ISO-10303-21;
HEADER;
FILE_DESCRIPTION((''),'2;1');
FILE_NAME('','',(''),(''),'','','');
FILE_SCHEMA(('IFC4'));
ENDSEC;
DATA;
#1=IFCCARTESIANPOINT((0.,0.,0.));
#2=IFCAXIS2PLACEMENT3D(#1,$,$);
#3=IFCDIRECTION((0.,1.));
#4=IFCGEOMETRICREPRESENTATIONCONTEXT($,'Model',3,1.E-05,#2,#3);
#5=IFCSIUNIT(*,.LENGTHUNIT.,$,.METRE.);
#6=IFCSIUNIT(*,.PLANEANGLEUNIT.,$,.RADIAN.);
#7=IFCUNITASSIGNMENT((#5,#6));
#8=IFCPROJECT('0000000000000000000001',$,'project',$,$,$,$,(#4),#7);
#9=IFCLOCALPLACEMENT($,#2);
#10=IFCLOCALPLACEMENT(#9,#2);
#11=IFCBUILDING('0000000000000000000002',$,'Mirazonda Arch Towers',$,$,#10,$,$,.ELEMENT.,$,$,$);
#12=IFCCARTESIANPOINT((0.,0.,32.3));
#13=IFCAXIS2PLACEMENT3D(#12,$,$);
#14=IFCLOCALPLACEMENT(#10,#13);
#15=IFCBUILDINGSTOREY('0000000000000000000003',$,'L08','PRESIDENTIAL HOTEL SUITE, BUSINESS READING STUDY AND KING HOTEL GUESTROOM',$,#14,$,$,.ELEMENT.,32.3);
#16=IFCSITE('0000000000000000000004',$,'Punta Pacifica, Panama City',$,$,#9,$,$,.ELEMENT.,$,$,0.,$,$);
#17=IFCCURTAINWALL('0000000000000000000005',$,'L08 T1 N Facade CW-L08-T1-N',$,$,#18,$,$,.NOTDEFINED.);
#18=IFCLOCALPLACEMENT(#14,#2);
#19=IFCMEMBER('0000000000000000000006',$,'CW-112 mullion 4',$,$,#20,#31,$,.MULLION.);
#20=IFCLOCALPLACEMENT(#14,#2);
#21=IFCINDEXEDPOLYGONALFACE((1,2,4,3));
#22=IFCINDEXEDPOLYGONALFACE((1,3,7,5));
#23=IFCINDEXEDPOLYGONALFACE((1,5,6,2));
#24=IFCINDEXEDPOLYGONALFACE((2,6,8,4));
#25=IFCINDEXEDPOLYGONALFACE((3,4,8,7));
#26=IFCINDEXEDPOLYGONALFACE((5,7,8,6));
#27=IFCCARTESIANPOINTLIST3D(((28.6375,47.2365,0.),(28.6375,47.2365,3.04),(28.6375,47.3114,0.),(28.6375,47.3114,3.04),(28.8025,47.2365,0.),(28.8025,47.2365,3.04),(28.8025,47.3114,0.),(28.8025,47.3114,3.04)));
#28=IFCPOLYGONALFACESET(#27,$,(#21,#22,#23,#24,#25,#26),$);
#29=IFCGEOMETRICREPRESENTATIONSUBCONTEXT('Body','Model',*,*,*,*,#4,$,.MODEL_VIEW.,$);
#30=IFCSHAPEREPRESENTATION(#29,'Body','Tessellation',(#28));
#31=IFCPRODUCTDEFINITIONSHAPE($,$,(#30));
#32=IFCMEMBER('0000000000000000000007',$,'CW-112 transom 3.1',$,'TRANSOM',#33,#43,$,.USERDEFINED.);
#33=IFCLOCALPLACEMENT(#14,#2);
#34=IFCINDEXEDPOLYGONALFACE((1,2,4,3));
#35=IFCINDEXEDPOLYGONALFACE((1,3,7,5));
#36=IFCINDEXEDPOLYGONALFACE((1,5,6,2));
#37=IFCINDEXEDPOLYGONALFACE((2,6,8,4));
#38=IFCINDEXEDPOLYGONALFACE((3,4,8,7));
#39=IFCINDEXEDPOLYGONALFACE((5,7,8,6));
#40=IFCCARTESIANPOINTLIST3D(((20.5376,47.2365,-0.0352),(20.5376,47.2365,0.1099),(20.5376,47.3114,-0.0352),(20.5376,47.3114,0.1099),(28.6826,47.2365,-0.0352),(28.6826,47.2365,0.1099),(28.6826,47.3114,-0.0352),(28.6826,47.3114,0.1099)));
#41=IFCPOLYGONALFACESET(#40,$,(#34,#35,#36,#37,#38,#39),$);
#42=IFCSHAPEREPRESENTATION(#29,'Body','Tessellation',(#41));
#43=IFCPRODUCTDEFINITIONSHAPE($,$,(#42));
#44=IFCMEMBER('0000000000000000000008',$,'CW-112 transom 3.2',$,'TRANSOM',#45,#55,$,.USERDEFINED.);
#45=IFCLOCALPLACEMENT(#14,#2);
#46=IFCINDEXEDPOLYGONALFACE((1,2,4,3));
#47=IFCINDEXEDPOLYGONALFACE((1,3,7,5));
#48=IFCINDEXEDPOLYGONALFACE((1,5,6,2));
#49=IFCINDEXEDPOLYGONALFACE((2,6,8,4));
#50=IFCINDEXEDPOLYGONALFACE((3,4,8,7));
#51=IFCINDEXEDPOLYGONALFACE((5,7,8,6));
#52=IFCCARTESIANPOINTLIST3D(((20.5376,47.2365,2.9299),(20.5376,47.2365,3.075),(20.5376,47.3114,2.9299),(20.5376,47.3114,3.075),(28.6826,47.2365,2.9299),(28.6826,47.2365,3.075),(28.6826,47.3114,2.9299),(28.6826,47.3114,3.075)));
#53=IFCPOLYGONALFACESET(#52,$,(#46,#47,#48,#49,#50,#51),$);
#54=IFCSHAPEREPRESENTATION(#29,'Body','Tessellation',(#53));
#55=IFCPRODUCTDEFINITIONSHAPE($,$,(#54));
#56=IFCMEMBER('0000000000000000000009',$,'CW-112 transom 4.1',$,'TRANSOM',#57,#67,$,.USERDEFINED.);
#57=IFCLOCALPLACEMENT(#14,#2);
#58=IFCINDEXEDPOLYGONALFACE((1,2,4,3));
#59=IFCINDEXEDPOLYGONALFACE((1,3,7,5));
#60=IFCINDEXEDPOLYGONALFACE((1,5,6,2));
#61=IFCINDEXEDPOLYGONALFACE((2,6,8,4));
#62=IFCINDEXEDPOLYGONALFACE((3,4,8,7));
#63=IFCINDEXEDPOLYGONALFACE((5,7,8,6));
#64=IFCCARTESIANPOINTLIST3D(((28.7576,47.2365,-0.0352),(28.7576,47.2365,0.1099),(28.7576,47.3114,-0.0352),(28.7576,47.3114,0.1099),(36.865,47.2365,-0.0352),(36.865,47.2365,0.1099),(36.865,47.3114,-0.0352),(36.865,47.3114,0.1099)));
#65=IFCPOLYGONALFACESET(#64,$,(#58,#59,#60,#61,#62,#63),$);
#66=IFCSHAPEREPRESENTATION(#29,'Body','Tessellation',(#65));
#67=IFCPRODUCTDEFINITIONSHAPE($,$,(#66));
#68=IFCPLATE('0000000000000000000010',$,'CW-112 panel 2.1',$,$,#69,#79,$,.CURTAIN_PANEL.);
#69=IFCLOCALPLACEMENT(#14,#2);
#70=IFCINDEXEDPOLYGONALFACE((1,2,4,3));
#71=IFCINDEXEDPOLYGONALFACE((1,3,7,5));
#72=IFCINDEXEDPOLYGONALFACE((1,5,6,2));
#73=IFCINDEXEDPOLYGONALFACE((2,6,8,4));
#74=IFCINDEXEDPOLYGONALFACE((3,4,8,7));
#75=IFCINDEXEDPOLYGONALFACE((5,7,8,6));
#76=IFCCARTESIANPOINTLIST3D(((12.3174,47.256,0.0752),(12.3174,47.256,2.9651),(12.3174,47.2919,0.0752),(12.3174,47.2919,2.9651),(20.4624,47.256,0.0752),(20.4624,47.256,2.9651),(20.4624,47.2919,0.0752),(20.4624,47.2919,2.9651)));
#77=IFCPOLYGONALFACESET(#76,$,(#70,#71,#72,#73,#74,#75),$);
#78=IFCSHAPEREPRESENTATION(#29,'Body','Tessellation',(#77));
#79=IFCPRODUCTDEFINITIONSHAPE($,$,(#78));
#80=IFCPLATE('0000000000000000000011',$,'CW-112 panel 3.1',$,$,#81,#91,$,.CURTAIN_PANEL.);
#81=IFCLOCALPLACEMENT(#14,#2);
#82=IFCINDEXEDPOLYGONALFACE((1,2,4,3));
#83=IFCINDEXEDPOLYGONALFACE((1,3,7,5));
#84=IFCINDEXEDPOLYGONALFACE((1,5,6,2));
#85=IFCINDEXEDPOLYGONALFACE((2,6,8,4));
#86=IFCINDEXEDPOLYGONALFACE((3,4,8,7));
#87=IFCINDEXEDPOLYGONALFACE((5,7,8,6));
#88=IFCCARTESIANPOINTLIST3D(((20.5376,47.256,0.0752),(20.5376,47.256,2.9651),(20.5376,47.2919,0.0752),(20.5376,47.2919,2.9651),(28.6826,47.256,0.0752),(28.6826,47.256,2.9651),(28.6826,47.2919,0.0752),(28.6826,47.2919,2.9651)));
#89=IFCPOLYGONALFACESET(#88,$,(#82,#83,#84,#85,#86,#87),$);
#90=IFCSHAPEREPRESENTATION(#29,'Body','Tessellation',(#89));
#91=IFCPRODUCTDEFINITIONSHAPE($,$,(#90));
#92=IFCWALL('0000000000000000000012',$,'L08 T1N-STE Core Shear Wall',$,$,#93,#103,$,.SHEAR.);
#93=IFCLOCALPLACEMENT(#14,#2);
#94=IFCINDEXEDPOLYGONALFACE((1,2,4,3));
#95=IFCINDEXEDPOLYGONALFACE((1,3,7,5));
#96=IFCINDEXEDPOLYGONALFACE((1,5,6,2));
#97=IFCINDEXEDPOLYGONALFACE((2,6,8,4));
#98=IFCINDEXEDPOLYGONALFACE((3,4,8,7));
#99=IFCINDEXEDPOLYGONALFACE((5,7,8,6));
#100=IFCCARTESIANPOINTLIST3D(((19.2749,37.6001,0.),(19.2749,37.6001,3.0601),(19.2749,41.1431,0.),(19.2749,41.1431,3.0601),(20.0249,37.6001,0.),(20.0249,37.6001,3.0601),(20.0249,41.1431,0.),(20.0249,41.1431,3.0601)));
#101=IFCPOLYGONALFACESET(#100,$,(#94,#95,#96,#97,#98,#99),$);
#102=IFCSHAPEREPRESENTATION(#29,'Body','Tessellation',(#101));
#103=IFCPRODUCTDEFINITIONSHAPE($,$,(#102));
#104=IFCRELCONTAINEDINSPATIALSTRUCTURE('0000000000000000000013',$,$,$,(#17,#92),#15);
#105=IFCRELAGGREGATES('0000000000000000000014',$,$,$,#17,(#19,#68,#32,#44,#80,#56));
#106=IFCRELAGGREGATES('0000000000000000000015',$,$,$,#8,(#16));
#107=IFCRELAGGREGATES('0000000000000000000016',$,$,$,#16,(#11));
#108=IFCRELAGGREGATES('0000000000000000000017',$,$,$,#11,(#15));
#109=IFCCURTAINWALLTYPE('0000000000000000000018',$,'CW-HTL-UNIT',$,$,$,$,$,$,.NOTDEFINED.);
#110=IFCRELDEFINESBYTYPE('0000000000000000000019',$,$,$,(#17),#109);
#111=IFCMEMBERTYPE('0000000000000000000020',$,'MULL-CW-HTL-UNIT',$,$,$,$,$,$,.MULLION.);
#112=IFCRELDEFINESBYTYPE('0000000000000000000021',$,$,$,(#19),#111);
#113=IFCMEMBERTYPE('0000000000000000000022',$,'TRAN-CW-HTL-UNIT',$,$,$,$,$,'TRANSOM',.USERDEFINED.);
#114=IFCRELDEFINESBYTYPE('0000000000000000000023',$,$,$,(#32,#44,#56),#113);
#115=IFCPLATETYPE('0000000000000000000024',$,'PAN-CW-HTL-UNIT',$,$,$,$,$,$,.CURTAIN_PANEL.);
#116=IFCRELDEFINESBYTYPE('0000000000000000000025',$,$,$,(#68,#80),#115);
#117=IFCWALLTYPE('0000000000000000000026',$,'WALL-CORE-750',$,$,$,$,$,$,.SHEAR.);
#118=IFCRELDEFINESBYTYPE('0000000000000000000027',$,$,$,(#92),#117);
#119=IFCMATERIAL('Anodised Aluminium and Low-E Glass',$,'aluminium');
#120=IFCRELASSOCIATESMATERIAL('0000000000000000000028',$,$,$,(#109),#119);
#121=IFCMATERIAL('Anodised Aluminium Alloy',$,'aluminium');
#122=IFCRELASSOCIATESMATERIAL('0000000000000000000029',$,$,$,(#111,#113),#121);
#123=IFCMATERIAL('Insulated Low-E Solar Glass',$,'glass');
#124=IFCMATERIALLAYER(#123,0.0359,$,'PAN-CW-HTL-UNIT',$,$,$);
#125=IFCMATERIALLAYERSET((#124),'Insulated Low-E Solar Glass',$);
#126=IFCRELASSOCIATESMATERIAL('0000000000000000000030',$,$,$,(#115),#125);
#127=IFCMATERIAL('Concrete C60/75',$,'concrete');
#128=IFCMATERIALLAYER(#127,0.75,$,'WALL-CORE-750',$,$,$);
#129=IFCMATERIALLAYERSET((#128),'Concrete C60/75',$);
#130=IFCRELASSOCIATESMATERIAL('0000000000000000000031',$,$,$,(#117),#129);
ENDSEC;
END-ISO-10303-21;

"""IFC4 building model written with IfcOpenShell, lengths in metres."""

from ifc_helpers import new_model, si_unit, direction, frame, frame_2d, origin, origin_2d, place, context, subcontext, project, spatial, rectangle, extrude, material, layer, layer_set, material_profile, profile_set, type_object, element, aggregate, save


model = new_model("IFC4")

# Units and contexts
model_context = context("Model", 3, precision=1e-05, world=origin(), true_north=direction((0.0, 1.0)))
body_context = subcontext(model_context, "Body", "Model", "MODEL_VIEW")
ifc_project = project(units=[si_unit("LENGTHUNIT", "METRE"), si_unit("PLANEANGLEUNIT", "RADIAN")], contexts=[model_context])

# Site, building, storey
site_placement = place(None, origin())
site = spatial("IfcSite", under=ifc_project, at=site_placement, Name="Punta Pacifica, Panama City", CompositionType="ELEMENT", RefElevation=0.0)
building_placement = place(site_placement, origin())
building = spatial("IfcBuilding", under=site, at=building_placement, Name="Mirazonda Arch Towers", CompositionType="ELEMENT")
storey_placement = place(building_placement, frame((0.0, 0.0, 32.3)))
storey = spatial("IfcBuildingStorey", under=building, at=storey_placement, Name="L08", Description="PRESIDENTIAL HOTEL SUITE, BUSINESS READING STUDY AND KING HOTEL GUESTROOM", CompositionType="ELEMENT", Elevation=32.3)

# Shared definitions
ifc_material_1 = material(Name="Concrete C60/75", Category="concrete")

# Curtain wall, members, plates
ifc_material_2 = material(Name="Anodised Aluminium and Low-E Glass", Category="aluminium")
curtain_wall_type = type_object("IfcCurtainWallType", Name="CW-HTL-UNIT", PredefinedType="NOTDEFINED", material=ifc_material_2)
curtain_wall_placement = place(storey_placement, origin())
curtain_wall = element("IfcCurtainWall", 1, at=curtain_wall_placement, inside=storey, type_object=curtain_wall_type, Name="L08 T1 N Facade CW-L08-T1-N", PredefinedType="NOTDEFINED")
ifc_material_3 = material(Name="Anodised Aluminium Alloy", Category="aluminium")
ifc_material_profile_1 = material_profile(ifc_material_3, rectangle(XDim=0.075, YDim=0.165, at=origin_2d()), Name="ALU-MULL-75x165")
ifc_profile_set_1 = profile_set([ifc_material_profile_1], Name="Anodised Aluminium Alloy")
member_type_1 = type_object("IfcMemberType", Name="MULL-CW-HTL-UNIT", PredefinedType="MULLION", material=ifc_profile_set_1)
member_1_placement = place(storey_placement, frame((28.72, 47.2739, 0.0), z_axis=(0.0, 0.0, 1.0), x_axis=(0.0, 1.0, 0.0)))
member_1 = element("IfcMember", 2, at=member_1_placement, type_object=member_type_1, Name="CW-112 mullion 4", PredefinedType="MULLION", context=body_context, shape_type="SweptSolid", body=[
    extrude(rectangle(XDim=0.075, YDim=0.165, at=origin_2d()), origin(), (0.0, 0.0, 1.0), 3.04),
])
ifc_material_profile_2 = material_profile(ifc_material_3, rectangle(XDim=0.075, YDim=0.145, at=origin_2d()), Name="ALU-TRAN-75x145")
ifc_profile_set_2 = profile_set([ifc_material_profile_2], Name="Anodised Aluminium Alloy")
member_type_2 = type_object("IfcMemberType", Name="TRAN-CW-HTL-UNIT", ElementType="TRANSOM", PredefinedType="USERDEFINED", material=ifc_profile_set_2)
member_2_placement = place(storey_placement, frame((20.5376, 47.2739, 0.0374), z_axis=(1.0, 0.0, 0.0), x_axis=(0.0, 1.0, 0.0)))
member_2 = element("IfcMember", 3, at=member_2_placement, type_object=member_type_2, Name="CW-112 transom 3.1", ObjectType="TRANSOM", PredefinedType="USERDEFINED", context=body_context, shape_type="SweptSolid", body=[
    extrude(rectangle(XDim=0.075, YDim=0.145, at=origin_2d()), origin(), (0.0, 0.0, 1.0), 8.145),
])
member_3_placement = place(storey_placement, frame((20.5376, 47.2739, 3.0024), z_axis=(1.0, 0.0, 0.0), x_axis=(0.0, 1.0, 0.0)))
member_3 = element("IfcMember", 4, at=member_3_placement, type_object=member_type_2, Name="CW-112 transom 3.2", ObjectType="TRANSOM", PredefinedType="USERDEFINED", context=body_context, shape_type="SweptSolid", body=[
    extrude(rectangle(XDim=0.075, YDim=0.145, at=origin_2d()), origin(), (0.0, 0.0, 1.0), 8.145),
])
member_4_placement = place(storey_placement, frame((28.7576, 47.2739, 0.0374), z_axis=(1.0, 0.0, 0.0), x_axis=(0.0, 1.0, 0.0)))
member_4 = element("IfcMember", 5, at=member_4_placement, type_object=member_type_2, Name="CW-112 transom 4.1", ObjectType="TRANSOM", PredefinedType="USERDEFINED", context=body_context, shape_type="SweptSolid", body=[
    extrude(rectangle(XDim=0.075, YDim=0.145, at=origin_2d()), origin(), (0.0, 0.0, 1.0), 8.1074),
])
ifc_material_4 = material(Name="Insulated Low-E Solar Glass", Category="glass")
ifc_layer_1 = layer(ifc_material_4, 0.0359, Name="PAN-CW-HTL-UNIT")
ifc_layer_set_1 = layer_set([ifc_layer_1], Name="Insulated Low-E Solar Glass")
plate_type = type_object("IfcPlateType", Name="PAN-CW-HTL-UNIT", PredefinedType="CURTAIN_PANEL", material=ifc_layer_set_1)
plate_1_placement = place(storey_placement, frame((16.3899, 47.2739, 0.0752), z_axis=(0.0, 0.0, 1.0), x_axis=(1.0, 0.0, 0.0)))
plate_1 = element("IfcPlate", 6, at=plate_1_placement, type_object=plate_type, Name="CW-112 panel 2.1", PredefinedType="CURTAIN_PANEL", context=body_context, shape_type="SweptSolid", body=[
    extrude(rectangle(XDim=8.145, YDim=0.0359, at=origin_2d()), origin(), (0.0, 0.0, 1.0), 2.8899),
])
plate_2_placement = place(storey_placement, frame((24.6101, 47.2739, 0.0752), z_axis=(0.0, 0.0, 1.0), x_axis=(1.0, 0.0, 0.0)))
plate_2 = element("IfcPlate", 7, at=plate_2_placement, type_object=plate_type, Name="CW-112 panel 3.1", PredefinedType="CURTAIN_PANEL", context=body_context, shape_type="SweptSolid", body=[
    extrude(rectangle(XDim=8.145, YDim=0.0359, at=origin_2d()), origin(), (0.0, 0.0, 1.0), 2.8899),
])
aggregate(curtain_wall, [member_1, plate_1, member_2, member_3, plate_2, member_4])

# Wall
ifc_layer_2 = layer(ifc_material_1, 0.75, Name="WALL-CORE-750")
ifc_layer_set_2 = layer_set([ifc_layer_2], Name="Concrete C60/75")
wall_type_1 = type_object("IfcWallType", Name="WALL-CORE-750", PredefinedType="SHEAR", material=ifc_layer_set_2)
wall_1_placement = place(storey_placement, frame((19.6499, 37.6001, 0.0), z_axis=(0.0, 0.0, 1.0), x_axis=(0.0, 1.0, 0.0)))
element("IfcWall", 8, at=wall_1_placement, inside=storey, type_object=wall_type_1, Name="L08 T1N-STE Core Shear Wall", PredefinedType="SHEAR", context=body_context, shape_type="SweptSolid", body=[
    extrude(rectangle(XDim=3.543, YDim=0.75, at=frame_2d((1.7715, 0.0))), origin(), (0.0, 0.0, 1.0), 3.0601),
])

save(model, "model.ifc")
